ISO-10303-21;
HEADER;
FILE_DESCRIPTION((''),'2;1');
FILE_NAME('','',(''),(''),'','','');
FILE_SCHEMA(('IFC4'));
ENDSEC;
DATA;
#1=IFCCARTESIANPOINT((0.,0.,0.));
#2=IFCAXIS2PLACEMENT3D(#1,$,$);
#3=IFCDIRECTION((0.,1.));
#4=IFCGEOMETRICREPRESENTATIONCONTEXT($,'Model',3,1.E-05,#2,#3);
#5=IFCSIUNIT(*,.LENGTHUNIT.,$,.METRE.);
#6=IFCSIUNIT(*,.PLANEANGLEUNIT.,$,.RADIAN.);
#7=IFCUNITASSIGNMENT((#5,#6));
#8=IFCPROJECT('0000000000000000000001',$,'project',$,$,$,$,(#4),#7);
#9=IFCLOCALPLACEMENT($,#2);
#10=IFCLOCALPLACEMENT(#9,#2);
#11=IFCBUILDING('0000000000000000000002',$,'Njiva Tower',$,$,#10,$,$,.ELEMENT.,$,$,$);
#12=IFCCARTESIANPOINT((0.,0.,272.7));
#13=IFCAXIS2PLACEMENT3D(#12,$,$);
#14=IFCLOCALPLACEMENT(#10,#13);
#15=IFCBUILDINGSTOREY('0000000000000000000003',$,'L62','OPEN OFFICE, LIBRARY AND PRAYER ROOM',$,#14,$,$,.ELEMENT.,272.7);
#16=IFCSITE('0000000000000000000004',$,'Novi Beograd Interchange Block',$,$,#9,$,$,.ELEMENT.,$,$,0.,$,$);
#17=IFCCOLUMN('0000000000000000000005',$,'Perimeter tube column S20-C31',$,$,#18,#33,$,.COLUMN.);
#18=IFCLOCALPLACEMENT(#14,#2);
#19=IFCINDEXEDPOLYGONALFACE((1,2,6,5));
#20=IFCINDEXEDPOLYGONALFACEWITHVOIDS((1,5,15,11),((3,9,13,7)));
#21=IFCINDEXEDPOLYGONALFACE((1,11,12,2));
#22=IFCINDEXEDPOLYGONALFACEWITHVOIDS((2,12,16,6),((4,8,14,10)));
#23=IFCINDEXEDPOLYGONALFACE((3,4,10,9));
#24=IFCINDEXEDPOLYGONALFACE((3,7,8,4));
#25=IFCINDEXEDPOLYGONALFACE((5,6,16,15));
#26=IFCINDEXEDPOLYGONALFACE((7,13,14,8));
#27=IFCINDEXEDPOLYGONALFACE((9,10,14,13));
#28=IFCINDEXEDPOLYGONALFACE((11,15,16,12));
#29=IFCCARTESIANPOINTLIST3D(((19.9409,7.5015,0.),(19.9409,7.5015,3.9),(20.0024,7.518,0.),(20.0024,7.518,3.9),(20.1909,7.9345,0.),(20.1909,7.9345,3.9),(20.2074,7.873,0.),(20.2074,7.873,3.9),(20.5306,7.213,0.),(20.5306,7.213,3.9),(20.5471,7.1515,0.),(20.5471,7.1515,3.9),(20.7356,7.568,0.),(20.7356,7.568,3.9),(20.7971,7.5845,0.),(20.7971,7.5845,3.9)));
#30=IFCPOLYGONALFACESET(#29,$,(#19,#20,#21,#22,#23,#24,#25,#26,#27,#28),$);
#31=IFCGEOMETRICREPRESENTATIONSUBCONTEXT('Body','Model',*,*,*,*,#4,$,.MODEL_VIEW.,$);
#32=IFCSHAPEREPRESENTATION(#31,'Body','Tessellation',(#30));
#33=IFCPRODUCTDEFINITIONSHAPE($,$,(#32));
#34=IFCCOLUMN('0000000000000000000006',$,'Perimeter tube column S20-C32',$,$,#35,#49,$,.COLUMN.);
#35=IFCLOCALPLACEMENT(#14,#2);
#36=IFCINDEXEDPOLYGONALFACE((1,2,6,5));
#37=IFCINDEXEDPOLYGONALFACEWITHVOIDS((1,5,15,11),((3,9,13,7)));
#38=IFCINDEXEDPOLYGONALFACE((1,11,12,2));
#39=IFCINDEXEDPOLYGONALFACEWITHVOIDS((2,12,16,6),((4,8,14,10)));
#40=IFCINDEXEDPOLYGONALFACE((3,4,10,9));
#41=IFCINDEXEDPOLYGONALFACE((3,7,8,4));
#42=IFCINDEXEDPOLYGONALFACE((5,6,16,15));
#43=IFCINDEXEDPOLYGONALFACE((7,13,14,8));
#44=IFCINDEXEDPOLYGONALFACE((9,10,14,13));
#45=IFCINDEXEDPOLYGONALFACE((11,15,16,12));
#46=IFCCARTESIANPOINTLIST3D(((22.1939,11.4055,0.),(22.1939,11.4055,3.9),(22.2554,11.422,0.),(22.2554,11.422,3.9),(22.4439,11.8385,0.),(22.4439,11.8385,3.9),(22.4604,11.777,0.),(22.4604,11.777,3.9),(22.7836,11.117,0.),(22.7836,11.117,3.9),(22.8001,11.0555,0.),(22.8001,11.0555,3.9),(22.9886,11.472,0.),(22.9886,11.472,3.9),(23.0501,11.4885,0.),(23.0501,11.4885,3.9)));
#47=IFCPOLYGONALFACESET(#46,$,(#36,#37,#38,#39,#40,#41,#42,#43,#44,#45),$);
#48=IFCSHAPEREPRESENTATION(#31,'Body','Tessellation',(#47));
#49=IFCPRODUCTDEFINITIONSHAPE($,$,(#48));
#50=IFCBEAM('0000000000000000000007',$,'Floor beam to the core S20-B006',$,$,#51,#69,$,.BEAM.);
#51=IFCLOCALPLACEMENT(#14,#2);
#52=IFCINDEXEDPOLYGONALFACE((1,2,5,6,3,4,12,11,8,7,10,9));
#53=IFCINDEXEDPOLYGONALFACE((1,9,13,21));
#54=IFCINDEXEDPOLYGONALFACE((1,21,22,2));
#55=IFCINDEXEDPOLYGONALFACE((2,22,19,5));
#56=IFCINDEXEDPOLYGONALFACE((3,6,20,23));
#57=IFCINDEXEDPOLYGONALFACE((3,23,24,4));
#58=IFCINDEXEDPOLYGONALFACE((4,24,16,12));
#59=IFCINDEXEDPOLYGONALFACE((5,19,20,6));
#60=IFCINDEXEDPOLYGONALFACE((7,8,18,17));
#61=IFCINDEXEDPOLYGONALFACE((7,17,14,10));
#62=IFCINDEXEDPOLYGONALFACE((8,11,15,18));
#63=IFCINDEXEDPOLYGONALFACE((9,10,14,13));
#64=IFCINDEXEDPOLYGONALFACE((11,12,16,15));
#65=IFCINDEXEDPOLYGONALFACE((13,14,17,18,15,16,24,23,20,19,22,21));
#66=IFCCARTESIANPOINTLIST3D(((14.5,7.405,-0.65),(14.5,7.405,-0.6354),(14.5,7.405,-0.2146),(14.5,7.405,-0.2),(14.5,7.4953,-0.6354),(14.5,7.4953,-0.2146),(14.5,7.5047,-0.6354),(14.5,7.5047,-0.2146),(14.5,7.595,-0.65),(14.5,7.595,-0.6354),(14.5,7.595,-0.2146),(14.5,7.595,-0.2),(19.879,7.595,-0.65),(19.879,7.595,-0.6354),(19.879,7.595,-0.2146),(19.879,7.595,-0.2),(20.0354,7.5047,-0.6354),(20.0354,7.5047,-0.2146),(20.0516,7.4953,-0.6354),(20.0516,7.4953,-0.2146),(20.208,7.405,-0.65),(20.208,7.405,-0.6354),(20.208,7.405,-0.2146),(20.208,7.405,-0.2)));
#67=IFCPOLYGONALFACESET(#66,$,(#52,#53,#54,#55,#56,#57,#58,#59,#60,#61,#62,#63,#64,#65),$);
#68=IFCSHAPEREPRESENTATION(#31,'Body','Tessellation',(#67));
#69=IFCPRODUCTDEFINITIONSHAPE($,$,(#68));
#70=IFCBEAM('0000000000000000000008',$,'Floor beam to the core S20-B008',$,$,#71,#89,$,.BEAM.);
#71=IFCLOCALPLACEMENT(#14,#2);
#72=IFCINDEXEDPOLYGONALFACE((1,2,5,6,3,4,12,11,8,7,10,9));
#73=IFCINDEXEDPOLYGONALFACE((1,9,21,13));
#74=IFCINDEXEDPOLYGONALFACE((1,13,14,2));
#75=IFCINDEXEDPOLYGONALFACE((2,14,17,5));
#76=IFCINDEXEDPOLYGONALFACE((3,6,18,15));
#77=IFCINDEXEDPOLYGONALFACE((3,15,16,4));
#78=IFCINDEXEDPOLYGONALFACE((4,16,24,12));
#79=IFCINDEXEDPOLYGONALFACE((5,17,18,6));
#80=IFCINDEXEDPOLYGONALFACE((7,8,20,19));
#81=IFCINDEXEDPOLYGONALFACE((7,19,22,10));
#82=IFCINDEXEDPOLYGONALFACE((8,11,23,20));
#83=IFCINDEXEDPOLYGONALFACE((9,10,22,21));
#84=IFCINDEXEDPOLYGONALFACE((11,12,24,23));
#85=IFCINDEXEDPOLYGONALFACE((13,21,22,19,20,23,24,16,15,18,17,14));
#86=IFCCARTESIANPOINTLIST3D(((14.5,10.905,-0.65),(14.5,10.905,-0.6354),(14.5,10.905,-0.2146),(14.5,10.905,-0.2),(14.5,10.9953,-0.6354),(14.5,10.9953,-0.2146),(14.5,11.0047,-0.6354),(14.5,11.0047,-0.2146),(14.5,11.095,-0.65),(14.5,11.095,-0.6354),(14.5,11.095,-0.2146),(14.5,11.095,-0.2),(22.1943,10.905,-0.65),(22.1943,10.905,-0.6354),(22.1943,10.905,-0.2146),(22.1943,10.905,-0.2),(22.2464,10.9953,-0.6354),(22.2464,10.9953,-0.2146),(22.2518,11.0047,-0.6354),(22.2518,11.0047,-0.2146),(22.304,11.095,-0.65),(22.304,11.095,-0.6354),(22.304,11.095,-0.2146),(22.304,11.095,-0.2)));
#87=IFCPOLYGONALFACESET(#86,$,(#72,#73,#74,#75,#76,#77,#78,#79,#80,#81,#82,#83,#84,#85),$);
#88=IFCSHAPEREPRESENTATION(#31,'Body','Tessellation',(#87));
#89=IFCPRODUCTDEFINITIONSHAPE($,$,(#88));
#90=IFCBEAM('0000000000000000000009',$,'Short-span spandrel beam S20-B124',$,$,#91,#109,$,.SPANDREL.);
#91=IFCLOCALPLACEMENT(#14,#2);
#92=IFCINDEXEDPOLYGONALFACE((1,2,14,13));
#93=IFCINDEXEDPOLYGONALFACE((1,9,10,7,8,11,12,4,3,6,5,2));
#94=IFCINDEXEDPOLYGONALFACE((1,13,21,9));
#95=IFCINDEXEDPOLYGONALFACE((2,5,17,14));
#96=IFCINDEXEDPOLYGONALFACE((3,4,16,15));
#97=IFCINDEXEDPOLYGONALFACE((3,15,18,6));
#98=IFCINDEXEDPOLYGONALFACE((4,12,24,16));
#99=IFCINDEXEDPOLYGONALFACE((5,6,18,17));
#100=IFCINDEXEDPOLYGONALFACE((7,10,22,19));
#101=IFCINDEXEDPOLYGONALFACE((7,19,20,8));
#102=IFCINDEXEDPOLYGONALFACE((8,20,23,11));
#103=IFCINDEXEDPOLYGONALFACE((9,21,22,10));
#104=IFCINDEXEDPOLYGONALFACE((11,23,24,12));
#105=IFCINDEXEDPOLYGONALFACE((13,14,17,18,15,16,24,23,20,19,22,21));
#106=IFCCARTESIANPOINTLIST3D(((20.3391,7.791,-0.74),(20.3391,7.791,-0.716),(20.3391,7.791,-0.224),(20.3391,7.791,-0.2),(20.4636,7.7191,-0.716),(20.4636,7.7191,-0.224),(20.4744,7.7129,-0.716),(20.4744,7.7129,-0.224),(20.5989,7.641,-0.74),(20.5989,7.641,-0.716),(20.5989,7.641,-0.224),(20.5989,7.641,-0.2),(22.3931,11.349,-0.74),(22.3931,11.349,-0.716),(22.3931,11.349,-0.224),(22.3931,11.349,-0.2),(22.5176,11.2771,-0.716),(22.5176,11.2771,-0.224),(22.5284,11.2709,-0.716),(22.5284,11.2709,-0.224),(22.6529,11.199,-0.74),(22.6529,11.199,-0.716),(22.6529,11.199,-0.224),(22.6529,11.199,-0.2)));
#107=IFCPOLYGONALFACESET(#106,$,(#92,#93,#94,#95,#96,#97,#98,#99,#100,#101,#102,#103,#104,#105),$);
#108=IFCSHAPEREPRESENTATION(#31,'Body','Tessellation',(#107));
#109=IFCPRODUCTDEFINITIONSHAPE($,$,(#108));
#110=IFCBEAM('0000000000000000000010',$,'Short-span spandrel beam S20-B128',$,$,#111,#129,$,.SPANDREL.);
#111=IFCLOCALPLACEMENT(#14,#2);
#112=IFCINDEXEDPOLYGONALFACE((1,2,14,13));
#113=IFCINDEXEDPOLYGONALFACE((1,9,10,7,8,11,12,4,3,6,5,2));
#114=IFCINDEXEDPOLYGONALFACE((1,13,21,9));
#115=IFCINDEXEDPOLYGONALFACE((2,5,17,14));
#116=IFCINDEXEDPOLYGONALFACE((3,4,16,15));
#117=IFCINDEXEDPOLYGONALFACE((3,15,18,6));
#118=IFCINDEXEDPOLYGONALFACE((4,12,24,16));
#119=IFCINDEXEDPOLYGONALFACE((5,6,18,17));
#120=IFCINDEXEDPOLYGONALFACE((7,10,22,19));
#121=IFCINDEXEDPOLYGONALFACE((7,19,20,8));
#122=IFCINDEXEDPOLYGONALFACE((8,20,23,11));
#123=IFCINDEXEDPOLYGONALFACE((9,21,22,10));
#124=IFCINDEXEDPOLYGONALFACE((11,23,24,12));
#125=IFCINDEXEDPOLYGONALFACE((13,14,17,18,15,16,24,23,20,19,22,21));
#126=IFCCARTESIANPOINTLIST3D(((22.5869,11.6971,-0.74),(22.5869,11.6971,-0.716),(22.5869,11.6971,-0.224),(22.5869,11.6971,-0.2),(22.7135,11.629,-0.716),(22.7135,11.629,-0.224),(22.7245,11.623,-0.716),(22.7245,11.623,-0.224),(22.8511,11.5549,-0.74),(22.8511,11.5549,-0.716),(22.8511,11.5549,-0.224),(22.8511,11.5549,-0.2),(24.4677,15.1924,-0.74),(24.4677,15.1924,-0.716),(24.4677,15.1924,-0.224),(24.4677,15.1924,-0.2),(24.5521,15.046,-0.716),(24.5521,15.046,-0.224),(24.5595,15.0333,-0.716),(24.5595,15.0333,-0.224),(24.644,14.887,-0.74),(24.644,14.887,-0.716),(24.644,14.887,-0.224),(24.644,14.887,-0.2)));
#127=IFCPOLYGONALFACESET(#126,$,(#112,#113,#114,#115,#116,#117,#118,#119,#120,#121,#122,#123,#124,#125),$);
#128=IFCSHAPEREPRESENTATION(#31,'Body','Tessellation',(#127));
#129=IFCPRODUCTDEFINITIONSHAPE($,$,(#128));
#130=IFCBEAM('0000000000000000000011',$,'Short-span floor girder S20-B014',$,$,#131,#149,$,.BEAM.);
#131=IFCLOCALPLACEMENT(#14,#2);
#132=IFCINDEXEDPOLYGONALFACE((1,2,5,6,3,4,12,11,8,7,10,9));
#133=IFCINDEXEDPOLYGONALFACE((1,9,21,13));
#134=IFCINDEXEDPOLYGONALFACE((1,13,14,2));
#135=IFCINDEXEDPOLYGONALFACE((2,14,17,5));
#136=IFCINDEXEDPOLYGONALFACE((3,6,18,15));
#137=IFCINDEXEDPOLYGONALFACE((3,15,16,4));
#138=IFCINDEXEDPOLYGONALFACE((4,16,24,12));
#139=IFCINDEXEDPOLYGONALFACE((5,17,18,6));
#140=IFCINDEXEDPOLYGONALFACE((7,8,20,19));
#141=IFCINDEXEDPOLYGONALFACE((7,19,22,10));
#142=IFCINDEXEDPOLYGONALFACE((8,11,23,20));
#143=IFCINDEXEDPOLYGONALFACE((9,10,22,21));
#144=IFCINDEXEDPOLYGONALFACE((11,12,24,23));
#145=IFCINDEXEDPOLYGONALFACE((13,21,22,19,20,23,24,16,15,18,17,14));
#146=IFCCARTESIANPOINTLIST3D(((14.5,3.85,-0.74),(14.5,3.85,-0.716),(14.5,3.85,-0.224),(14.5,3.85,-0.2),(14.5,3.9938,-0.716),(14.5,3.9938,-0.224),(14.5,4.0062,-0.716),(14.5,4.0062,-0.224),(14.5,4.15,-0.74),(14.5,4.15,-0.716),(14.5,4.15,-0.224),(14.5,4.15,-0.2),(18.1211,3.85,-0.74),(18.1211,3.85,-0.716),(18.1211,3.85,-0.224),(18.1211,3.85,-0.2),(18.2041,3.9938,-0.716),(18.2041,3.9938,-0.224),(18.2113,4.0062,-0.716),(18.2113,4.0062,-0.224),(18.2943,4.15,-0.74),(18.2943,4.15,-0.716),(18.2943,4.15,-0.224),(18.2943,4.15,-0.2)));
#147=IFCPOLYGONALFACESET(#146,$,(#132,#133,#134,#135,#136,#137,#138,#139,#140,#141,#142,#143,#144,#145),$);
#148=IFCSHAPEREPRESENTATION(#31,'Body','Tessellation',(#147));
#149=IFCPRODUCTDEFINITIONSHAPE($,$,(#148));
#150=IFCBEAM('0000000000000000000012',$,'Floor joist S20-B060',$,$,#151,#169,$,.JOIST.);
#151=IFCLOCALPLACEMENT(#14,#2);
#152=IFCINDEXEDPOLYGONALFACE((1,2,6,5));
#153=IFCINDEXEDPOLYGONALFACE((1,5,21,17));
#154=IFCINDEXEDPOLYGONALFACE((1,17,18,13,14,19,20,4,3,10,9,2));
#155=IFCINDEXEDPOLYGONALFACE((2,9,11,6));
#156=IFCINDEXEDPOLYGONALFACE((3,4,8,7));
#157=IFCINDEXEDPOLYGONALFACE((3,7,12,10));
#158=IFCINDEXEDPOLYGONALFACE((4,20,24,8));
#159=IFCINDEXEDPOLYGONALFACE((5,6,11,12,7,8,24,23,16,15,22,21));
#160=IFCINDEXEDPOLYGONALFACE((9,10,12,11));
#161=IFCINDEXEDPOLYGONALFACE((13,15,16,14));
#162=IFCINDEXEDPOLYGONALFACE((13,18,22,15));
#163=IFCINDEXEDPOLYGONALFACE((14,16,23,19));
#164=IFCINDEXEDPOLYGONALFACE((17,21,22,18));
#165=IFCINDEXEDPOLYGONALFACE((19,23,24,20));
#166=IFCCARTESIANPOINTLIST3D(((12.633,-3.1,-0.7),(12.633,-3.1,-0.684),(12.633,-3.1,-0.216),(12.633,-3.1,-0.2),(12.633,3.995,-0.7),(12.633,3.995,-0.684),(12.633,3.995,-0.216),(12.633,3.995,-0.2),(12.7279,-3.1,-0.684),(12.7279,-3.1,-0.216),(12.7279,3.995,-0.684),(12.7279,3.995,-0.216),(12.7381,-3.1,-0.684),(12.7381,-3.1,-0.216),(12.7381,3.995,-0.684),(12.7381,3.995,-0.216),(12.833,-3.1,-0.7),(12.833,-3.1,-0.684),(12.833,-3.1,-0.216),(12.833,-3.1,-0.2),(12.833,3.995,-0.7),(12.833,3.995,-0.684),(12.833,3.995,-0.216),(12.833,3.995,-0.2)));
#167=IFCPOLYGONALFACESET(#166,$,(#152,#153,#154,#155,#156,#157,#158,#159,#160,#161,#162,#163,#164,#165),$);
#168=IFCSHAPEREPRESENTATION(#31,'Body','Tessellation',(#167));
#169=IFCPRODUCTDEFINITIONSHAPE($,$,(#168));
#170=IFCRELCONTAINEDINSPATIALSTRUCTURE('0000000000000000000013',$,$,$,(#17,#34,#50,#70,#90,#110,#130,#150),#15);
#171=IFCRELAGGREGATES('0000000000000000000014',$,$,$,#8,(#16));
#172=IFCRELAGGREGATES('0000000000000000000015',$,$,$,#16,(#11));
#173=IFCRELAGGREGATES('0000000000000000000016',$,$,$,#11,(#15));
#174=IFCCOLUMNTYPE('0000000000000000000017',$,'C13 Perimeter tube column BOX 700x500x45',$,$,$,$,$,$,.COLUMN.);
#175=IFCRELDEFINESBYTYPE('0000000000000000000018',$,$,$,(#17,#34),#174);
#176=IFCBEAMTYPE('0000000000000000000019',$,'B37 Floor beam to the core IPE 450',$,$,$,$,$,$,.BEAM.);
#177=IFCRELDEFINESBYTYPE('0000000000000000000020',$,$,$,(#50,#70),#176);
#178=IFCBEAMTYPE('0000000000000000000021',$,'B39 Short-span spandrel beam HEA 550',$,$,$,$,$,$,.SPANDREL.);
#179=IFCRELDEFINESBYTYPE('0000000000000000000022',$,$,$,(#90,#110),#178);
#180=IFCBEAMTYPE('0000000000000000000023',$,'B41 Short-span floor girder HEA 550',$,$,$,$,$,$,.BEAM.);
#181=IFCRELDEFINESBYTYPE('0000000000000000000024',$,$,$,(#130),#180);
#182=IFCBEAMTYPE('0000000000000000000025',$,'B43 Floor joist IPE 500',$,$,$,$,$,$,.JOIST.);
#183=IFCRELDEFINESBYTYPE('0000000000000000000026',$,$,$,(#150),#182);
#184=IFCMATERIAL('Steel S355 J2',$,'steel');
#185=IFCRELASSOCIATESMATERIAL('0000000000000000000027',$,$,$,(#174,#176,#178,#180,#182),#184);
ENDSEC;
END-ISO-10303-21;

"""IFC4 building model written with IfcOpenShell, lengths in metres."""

from ifc_helpers import new_model, si_unit, direction, frame, origin, origin_2d, place, context, subcontext, project, spatial, hollow_rectangle, i_section, extrude, clip, halfspace, material, material_profile, profile_set, type_object, element, save


model = new_model("IFC4")

# Units and contexts
model_context = context("Model", 3, precision=1e-05, world=origin(), true_north=direction((0.0, 1.0)))
body_context = subcontext(model_context, "Body", "Model", "MODEL_VIEW")
ifc_project = project(units=[si_unit("LENGTHUNIT", "METRE"), si_unit("PLANEANGLEUNIT", "RADIAN")], contexts=[model_context])

# Site, building, storey
site_placement = place(None, origin())
site = spatial("IfcSite", under=ifc_project, at=site_placement, Name="Novi Beograd Interchange Block", CompositionType="ELEMENT", RefElevation=0.0)
building_placement = place(site_placement, origin())
building = spatial("IfcBuilding", under=site, at=building_placement, Name="Njiva Tower", CompositionType="ELEMENT")
storey_placement = place(building_placement, frame((0.0, 0.0, 272.7)))
storey = spatial("IfcBuildingStorey", under=building, at=storey_placement, Name="L62", Description="OPEN OFFICE, LIBRARY AND PRAYER ROOM", CompositionType="ELEMENT", Elevation=272.7)

# Columns
ifc_material_1 = material(Name="Steel S355 J2", Category="steel")
ifc_material_profile_1 = material_profile(ifc_material_1, hollow_rectangle(XDim=0.5, YDim=0.7, WallThickness=0.045, at=origin_2d()), Name="BOX 700x500x45")
ifc_profile_set_1 = profile_set([ifc_material_profile_1], Name="Steel S355 J2")
column_type = type_object("IfcColumnType", Name="C13 Perimeter tube column BOX 700x500x45", PredefinedType="COLUMN", material=ifc_profile_set_1)
for number, where, z_axis, x_axis, name in (
    (1, (20.369, 7.543, 0.0), (0.0, 0.0, 1.0), (0.5, 0.866025, 0.0), "Perimeter tube column S20-C31"),
    (2, (22.622, 11.447, 0.0), (0.0, 0.0, 1.0), (0.5, 0.866025, 0.0), "Perimeter tube column S20-C32"),
):
    element("IfcColumn", number, at=place(storey_placement, frame(where, z_axis=z_axis, x_axis=x_axis)), inside=storey, type_object=column_type, Name=name, PredefinedType="COLUMN", context=body_context, shape_type="SweptSolid", body=[
        extrude(hollow_rectangle(XDim=0.5, YDim=0.7, WallThickness=0.045, at=origin_2d()), origin(), (0.0, 0.0, 1.0), 3.9),
    ])

# Beams
ifc_material_profile_2 = material_profile(ifc_material_1, i_section(OverallWidth=0.19, OverallDepth=0.45, WebThickness=0.0094, FlangeThickness=0.0146, at=origin_2d()), Name="IPE 450")
ifc_profile_set_2 = profile_set([ifc_material_profile_2], Name="Steel S355 J2")
beam_type_1 = type_object("IfcBeamType", Name="B37 Floor beam to the core IPE 450", PredefinedType="BEAM", material=ifc_profile_set_2)
beam_1_placement = place(storey_placement, frame((14.5, 7.5, -0.425), z_axis=(1.0, 0.0, 0.0), x_axis=(0.0, 1.0, 0.0)))
element("IfcBeam", 3, at=beam_1_placement, inside=storey, type_object=beam_type_1, Name="Floor beam to the core S20-B006", PredefinedType="BEAM", context=body_context, shape_type="Clipping", body=[
    clip(extrude(i_section(OverallWidth=0.19, OverallDepth=0.45, WebThickness=0.0094, FlangeThickness=0.0146, at=origin_2d()), origin(), (0.0, 0.0, 1.0), 5.728), halfspace(frame((0.0433, 0.0, 5.4685), z_axis=(0.866027, 0.0, 0.499998), x_axis=(0.0, 1.0, 0.0)), False)),
])
beam_2_placement = place(storey_placement, frame((14.5, 11.0, -0.425), z_axis=(1.0, 0.0, 0.0), x_axis=(0.0, 1.0, 0.0)))
element("IfcBeam", 4, at=beam_2_placement, inside=storey, type_object=beam_type_1, Name="Floor beam to the core S20-B008", PredefinedType="BEAM", context=body_context, shape_type="Clipping", body=[
    clip(extrude(i_section(OverallWidth=0.19, OverallDepth=0.45, WebThickness=0.0094, FlangeThickness=0.0146, at=origin_2d()), origin(), (0.0, 0.0, 1.0), 7.824), halfspace(frame((-0.025, 0.0, 7.7347), z_axis=(-0.499998, 0.0, 0.866027), x_axis=(0.0, 1.0, 0.0)), False)),
])
ifc_material_profile_3 = material_profile(ifc_material_1, i_section(OverallWidth=0.3, OverallDepth=0.54, WebThickness=0.0125, FlangeThickness=0.024, at=origin_2d()), Name="HEA 550")
ifc_profile_set_3 = profile_set([ifc_material_profile_3], Name="Steel S355 J2")
beam_type_2 = type_object("IfcBeamType", Name="B39 Short-span spandrel beam HEA 550", PredefinedType="SPANDREL", material=ifc_profile_set_3)
beam_3_placement = place(storey_placement, frame((20.469, 7.716, -0.47), z_axis=(0.499961, 0.866048, 0.0), x_axis=(-0.866048, 0.499961, 0.0)))
element("IfcBeam", 5, at=beam_3_placement, inside=storey, type_object=beam_type_2, Name="Short-span spandrel beam S20-B124", PredefinedType="SPANDREL", context=body_context, shape_type="SweptSolid", body=[
    extrude(i_section(OverallWidth=0.3, OverallDepth=0.54, WebThickness=0.0125, FlangeThickness=0.024, at=origin_2d()), origin(), (0.0, 0.0, 1.0), 4.1083),
])
beam_4_placement = place(storey_placement, frame((22.719, 11.626, -0.47), z_axis=(0.473838, 0.880612, 0.0), x_axis=(-0.880612, 0.473838, 0.0)))
element("IfcBeam", 6, at=beam_4_placement, inside=storey, type_object=beam_type_2, Name="Short-span spandrel beam S20-B128", PredefinedType="SPANDREL", context=body_context, shape_type="Clipping", body=[
    clip(extrude(i_section(OverallWidth=0.3, OverallDepth=0.54, WebThickness=0.0125, FlangeThickness=0.024, at=origin_2d()), origin(), (0.0, 0.0, 1.0), 3.9898), halfspace(frame((-0.026, 0.0, 3.8604), z_axis=(-0.525715, 0.0, 0.850661), x_axis=(0.0, 1.0, 0.0)), False)),
])
ifc_material_profile_4 = material_profile(ifc_material_1, i_section(OverallWidth=0.3, OverallDepth=0.54, WebThickness=0.0125, FlangeThickness=0.024, at=origin_2d()), Name="HEA 550")
ifc_profile_set_4 = profile_set([ifc_material_profile_4], Name="Steel S355 J2")
beam_type_3 = type_object("IfcBeamType", Name="B41 Short-span floor girder HEA 550", PredefinedType="BEAM", material=ifc_profile_set_4)
beam_5_placement = place(storey_placement, frame((14.5, 4.0, -0.47), z_axis=(1.0, 0.0, 0.0), x_axis=(0.0, 1.0, 0.0)))
element("IfcBeam", 7, at=beam_5_placement, inside=storey, type_object=beam_type_3, Name="Short-span floor girder S20-B014", PredefinedType="BEAM", context=body_context, shape_type="Clipping", body=[
    clip(extrude(i_section(OverallWidth=0.3, OverallDepth=0.54, WebThickness=0.0125, FlangeThickness=0.024, at=origin_2d()), origin(), (0.0, 0.0, 1.0), 3.815), halfspace(frame((-0.025, 0.0, 3.6933), z_axis=(-0.499998, 0.0, 0.866027), x_axis=(0.0, 1.0, 0.0)), False)),
])
ifc_material_profile_5 = material_profile(ifc_material_1, i_section(OverallWidth=0.2, OverallDepth=0.5, WebThickness=0.0102, FlangeThickness=0.016, at=origin_2d()), Name="IPE 500")
ifc_profile_set_5 = profile_set([ifc_material_profile_5], Name="Steel S355 J2")
beam_type_4 = type_object("IfcBeamType", Name="B43 Floor joist IPE 500", PredefinedType="JOIST", material=ifc_profile_set_5)
beam_6_placement = place(storey_placement, frame((12.733, 3.995, -0.45), z_axis=(0.0, -1.0, 0.0), x_axis=(1.0, 0.0, 0.0)))
element("IfcBeam", 8, at=beam_6_placement, inside=storey, type_object=beam_type_4, Name="Floor joist S20-B060", PredefinedType="JOIST", context=body_context, shape_type="SweptSolid", body=[
    extrude(i_section(OverallWidth=0.2, OverallDepth=0.5, WebThickness=0.0102, FlangeThickness=0.016, at=origin_2d()), origin(), (0.0, 0.0, 1.0), 7.095),
])

save(model, "model.ifc")
